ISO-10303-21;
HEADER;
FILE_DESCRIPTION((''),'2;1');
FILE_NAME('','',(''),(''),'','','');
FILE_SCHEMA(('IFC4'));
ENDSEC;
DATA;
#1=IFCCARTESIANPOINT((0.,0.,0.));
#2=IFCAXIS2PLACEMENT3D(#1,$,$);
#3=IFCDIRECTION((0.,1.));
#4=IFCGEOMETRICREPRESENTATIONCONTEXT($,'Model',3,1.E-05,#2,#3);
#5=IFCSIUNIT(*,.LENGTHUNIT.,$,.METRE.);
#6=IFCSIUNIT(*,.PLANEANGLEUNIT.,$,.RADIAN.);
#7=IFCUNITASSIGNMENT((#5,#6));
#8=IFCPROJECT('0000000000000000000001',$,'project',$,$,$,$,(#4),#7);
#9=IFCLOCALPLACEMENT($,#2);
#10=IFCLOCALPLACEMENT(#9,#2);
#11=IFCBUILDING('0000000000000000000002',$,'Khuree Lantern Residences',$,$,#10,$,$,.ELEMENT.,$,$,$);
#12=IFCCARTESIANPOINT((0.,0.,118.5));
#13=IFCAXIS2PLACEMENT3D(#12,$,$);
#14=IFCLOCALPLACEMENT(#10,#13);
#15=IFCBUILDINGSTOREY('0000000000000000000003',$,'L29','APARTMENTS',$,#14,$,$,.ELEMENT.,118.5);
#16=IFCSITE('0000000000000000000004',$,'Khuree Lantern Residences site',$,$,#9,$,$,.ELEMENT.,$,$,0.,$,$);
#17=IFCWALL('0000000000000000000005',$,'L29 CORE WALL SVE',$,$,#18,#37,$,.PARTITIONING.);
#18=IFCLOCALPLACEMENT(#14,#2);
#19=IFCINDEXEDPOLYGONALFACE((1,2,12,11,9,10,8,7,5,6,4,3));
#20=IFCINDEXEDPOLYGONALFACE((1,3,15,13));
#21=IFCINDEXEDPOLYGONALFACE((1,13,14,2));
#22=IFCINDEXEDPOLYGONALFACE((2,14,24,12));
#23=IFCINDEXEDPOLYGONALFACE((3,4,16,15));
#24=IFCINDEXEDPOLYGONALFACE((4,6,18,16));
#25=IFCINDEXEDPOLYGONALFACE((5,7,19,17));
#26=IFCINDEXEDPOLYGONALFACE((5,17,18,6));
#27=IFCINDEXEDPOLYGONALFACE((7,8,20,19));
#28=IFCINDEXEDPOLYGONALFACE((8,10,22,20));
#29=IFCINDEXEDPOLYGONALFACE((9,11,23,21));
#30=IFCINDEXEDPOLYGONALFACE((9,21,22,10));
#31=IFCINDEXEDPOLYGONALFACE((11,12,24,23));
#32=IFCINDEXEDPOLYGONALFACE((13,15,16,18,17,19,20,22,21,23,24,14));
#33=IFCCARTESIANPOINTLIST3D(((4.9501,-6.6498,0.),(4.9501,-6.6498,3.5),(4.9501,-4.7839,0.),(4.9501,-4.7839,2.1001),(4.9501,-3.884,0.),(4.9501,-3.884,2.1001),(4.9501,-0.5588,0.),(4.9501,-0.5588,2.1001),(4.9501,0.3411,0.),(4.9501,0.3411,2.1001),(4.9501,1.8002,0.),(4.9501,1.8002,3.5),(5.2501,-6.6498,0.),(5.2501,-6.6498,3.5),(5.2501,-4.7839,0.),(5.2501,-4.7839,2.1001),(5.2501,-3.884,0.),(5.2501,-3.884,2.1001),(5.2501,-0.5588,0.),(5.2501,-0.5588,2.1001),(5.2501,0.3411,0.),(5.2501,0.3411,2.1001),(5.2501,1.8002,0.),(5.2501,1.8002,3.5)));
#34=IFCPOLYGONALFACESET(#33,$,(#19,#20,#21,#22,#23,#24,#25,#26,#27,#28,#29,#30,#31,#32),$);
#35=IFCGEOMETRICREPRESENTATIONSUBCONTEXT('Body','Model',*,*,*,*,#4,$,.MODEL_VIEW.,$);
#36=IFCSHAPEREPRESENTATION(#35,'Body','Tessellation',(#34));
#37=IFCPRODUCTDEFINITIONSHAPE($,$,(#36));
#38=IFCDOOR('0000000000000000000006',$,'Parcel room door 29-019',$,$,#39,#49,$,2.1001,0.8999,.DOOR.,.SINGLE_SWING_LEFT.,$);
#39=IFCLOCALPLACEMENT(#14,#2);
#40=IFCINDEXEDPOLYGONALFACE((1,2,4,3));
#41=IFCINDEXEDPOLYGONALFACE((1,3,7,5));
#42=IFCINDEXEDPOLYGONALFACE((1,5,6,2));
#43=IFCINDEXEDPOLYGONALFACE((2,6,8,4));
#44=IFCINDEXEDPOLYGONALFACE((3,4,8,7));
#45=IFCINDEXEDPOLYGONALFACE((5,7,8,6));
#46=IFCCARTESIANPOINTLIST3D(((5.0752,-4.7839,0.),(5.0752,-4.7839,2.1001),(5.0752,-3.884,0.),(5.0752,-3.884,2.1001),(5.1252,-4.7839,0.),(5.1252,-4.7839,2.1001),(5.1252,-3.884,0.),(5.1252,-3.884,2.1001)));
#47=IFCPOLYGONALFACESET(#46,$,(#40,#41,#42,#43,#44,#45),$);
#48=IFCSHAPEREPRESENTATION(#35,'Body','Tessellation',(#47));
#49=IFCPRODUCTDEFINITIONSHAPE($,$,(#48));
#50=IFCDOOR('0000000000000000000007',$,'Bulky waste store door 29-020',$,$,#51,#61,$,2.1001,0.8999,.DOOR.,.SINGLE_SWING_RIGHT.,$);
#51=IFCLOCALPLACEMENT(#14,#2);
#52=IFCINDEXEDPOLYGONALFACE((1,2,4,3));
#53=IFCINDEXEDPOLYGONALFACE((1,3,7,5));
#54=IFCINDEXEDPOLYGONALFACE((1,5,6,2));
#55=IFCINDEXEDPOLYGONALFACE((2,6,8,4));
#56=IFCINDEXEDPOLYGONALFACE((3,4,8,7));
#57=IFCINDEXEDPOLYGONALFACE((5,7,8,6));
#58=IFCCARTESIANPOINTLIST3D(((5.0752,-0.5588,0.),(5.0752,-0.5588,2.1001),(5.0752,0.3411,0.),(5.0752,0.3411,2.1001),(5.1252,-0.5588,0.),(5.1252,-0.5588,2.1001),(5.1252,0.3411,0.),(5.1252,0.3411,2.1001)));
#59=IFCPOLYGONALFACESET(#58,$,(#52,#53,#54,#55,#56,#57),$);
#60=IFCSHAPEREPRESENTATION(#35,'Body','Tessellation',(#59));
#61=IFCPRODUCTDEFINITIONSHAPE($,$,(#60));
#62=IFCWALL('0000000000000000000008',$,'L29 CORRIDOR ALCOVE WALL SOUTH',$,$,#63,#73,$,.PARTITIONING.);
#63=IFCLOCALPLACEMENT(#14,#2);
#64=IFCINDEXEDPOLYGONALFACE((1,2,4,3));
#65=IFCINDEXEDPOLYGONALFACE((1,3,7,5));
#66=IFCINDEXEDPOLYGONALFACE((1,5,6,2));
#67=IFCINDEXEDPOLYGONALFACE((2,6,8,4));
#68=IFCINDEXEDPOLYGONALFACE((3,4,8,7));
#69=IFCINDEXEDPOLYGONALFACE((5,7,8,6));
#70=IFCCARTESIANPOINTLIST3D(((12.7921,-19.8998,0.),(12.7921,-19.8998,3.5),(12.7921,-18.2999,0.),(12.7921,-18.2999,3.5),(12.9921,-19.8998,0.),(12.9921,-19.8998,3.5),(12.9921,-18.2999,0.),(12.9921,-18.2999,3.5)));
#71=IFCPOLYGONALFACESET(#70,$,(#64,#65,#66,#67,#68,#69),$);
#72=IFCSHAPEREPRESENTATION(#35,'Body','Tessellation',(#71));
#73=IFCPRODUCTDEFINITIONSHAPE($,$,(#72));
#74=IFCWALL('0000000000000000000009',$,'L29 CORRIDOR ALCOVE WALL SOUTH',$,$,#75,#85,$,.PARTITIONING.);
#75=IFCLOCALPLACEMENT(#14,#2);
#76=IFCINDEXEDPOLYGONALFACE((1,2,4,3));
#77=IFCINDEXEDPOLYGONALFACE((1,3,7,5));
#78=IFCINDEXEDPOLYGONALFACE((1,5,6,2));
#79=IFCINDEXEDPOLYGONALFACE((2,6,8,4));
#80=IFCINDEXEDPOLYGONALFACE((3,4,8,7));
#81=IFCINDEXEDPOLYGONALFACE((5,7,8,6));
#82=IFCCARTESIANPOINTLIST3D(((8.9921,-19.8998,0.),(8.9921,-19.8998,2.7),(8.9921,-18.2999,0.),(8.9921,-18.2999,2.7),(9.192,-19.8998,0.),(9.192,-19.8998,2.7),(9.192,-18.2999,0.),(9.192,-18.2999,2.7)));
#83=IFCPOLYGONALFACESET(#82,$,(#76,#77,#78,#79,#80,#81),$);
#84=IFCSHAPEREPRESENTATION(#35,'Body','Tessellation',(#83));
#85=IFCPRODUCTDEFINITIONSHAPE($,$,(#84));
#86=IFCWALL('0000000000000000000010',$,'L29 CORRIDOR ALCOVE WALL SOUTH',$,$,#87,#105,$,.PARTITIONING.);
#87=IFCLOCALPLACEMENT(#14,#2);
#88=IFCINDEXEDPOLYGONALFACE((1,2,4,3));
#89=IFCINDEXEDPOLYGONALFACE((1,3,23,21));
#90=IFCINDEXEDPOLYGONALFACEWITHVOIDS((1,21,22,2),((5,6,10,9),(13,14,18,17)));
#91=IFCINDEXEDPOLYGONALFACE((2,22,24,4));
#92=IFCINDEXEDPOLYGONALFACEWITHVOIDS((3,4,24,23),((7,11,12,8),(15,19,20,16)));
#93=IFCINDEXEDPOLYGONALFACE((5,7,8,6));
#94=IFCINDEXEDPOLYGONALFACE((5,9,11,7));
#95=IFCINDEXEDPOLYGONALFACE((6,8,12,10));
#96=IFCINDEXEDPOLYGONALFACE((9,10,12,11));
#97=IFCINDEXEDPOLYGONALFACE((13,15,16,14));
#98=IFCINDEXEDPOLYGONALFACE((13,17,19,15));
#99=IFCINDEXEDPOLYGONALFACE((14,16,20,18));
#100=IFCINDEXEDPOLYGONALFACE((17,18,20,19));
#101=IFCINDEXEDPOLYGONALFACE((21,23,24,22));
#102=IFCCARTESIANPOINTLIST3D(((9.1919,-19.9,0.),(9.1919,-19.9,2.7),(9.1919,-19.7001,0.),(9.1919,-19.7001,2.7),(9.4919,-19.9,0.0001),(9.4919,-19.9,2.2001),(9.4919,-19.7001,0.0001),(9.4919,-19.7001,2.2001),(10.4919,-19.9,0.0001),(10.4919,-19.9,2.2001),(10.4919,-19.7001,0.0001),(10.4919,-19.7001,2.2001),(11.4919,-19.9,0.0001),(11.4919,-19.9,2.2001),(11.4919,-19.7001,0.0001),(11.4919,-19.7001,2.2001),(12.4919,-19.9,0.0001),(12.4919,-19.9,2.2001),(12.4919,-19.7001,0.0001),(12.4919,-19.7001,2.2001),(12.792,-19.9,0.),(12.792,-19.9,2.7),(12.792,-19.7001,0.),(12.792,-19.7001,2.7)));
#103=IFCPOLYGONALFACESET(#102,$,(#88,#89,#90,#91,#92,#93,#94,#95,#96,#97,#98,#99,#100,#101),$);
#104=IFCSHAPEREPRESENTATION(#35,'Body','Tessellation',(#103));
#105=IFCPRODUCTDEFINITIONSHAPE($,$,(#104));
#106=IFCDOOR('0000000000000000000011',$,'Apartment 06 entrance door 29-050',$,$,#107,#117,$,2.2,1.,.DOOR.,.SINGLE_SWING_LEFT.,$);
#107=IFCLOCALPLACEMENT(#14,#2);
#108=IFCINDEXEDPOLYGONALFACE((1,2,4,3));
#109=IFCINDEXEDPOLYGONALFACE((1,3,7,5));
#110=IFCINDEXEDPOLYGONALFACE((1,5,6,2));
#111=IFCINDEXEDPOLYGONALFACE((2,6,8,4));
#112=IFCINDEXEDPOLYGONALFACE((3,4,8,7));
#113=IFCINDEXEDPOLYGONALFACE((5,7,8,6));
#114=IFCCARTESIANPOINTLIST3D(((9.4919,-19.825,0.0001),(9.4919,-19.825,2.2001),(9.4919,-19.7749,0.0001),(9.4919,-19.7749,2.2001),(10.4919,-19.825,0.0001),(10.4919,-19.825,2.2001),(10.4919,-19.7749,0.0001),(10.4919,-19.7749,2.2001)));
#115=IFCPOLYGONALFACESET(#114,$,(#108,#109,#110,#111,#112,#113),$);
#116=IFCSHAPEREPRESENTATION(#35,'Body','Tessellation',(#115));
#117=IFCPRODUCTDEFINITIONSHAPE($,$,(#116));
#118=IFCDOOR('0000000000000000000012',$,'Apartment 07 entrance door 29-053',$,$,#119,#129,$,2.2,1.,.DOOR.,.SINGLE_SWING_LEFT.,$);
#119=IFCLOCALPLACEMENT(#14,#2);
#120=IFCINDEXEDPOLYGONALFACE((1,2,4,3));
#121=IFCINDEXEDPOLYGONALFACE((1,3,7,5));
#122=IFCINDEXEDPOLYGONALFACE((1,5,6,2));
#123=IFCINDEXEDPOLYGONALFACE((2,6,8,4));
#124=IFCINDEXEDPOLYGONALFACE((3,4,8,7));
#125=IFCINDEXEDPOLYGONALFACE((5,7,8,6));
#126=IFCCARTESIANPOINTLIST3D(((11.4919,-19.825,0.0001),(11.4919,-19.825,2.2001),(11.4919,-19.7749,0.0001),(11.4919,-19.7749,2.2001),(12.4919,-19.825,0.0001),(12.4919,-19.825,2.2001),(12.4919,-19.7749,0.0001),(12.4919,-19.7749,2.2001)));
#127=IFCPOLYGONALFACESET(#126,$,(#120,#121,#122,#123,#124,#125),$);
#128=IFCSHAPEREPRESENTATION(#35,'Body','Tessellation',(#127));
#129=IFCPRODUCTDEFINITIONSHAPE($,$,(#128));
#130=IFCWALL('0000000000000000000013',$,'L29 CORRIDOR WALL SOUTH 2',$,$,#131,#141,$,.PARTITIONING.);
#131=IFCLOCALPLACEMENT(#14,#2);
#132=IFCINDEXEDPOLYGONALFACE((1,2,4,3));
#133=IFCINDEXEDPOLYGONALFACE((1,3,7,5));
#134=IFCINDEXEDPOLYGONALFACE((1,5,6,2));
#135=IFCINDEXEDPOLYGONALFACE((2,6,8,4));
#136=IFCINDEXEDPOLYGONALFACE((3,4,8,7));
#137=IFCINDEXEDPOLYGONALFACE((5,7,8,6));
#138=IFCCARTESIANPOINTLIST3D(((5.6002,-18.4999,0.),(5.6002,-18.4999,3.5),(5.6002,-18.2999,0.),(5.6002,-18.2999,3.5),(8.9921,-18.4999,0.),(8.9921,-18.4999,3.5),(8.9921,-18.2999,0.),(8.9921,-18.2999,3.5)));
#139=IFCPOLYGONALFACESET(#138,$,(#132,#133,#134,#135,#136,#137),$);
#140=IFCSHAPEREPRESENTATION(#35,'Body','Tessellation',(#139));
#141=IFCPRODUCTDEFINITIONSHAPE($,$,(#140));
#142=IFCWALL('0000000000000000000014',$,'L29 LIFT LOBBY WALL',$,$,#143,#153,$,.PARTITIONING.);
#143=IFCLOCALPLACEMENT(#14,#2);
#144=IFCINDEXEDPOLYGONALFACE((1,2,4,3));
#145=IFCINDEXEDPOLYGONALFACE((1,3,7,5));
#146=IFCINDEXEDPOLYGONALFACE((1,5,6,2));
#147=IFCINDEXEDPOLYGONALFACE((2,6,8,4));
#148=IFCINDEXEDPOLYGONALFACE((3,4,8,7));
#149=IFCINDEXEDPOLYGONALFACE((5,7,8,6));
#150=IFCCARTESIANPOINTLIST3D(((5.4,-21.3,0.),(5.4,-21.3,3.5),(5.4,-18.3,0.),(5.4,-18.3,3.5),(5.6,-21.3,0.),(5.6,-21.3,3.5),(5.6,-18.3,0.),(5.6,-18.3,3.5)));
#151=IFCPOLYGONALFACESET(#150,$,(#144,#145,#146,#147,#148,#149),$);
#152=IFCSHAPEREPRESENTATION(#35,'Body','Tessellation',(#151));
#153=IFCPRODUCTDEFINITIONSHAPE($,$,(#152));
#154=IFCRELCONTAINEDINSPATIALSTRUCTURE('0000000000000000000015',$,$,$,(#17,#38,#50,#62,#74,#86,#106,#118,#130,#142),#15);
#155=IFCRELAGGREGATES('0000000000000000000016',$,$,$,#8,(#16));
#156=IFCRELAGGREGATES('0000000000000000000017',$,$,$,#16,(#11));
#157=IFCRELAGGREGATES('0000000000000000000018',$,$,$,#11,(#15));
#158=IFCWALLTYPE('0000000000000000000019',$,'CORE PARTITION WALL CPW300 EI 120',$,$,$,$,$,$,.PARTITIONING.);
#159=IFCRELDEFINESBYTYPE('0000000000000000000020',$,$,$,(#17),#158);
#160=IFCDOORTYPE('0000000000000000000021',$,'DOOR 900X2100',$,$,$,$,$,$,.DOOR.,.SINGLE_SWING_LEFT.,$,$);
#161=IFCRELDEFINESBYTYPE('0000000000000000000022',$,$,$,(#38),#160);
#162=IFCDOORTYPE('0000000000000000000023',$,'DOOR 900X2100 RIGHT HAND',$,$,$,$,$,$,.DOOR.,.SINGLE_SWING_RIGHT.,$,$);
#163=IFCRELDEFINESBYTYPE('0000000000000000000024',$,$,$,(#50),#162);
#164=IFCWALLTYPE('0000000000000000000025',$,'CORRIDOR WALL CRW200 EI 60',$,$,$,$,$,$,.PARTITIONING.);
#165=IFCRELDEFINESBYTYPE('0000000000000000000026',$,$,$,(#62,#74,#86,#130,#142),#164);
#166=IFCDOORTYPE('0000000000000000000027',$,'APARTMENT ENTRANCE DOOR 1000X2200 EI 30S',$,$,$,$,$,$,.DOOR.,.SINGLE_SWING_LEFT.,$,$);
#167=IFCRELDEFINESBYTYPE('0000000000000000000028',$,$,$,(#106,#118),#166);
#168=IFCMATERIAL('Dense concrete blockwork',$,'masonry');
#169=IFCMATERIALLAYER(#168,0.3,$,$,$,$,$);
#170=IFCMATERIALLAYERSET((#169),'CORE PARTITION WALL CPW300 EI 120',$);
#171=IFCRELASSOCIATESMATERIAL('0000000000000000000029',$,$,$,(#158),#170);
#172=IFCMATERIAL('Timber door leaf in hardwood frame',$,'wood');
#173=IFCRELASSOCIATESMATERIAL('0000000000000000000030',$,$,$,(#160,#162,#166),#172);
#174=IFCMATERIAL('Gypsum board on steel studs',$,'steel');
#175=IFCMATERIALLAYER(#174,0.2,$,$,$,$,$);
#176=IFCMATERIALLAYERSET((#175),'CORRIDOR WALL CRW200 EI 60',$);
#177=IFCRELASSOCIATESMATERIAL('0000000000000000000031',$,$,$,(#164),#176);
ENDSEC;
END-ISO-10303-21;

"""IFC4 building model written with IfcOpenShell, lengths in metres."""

from ifc_helpers import new_model, si_unit, direction, frame, frame_2d, origin, place, context, subcontext, project, spatial, rectangle, extrude, material, layer, layer_set, type_object, element, fill, save


model = new_model("IFC4")

# Units and contexts
model_context = context("Model", 3, precision=1e-05, world=origin(), true_north=direction((0.0, 1.0)))
body_context = subcontext(model_context, "Body", "Model", "MODEL_VIEW")
ifc_project = project(units=[si_unit("LENGTHUNIT", "METRE"), si_unit("PLANEANGLEUNIT", "RADIAN")], contexts=[model_context])

# Site, building, storey
site_placement = place(None, origin())
site = spatial("IfcSite", under=ifc_project, at=site_placement, Name="Khuree Lantern Residences site", CompositionType="ELEMENT", RefElevation=0.0)
building_placement = place(site_placement, origin())
building = spatial("IfcBuilding", under=site, at=building_placement, Name="Khuree Lantern Residences", CompositionType="ELEMENT")
storey_placement = place(building_placement, frame((0.0, 0.0, 118.5)))
storey = spatial("IfcBuildingStorey", under=building, at=storey_placement, Name="L29", Description="APARTMENTS", CompositionType="ELEMENT", Elevation=118.5)

# Shared definitions
ifc_material_1 = material(Name="Dense concrete blockwork", Category="masonry")
ifc_layer_1 = layer(ifc_material_1, 0.3)
ifc_layer_set_1 = layer_set([ifc_layer_1], Name="CORE PARTITION WALL CPW300 EI 120")
wall_type_1 = type_object("IfcWallType", Name="CORE PARTITION WALL CPW300 EI 120", PredefinedType="PARTITIONING", material=ifc_layer_set_1)

# Wall, openings, doors
wall_1_placement = place(storey_placement, frame((5.1001, -6.6499, 0.0), z_axis=(0.0, 0.0, 1.0), x_axis=(0.0, 1.0, 0.0)))
wall_1 = element("IfcWall", 1, at=wall_1_placement, inside=storey, type_object=wall_type_1, Name="L29 CORE WALL SVE", PredefinedType="PARTITIONING", context=body_context, shape_type="SweptSolid", body=[
    extrude(rectangle(XDim=8.45, YDim=0.3, at=frame_2d((4.2251, 0.0))), origin(), (0.0, 0.0, 1.0), 3.5),
])
opening_1_placement = place(wall_1_placement, frame((1.866, 0.0, 0.0)))
opening_1 = element("IfcOpeningElement", 2, at=opening_1_placement, cuts=wall_1, PredefinedType="OPENING", context=body_context, shape_type="SweptSolid", body=[
    extrude(rectangle(XDim=0.8999, YDim=2.1001, at=frame_2d((0.45, 1.05))), frame((0.0, 0.1602, 0.0), z_axis=(0.0, -1.0, 0.0), x_axis=(1.0, 0.0, 0.0)), (0.0, 0.0, 1.0), 0.3201),
])
opening_2_placement = place(wall_1_placement, frame((6.0911, 0.0, 0.0)))
opening_2 = element("IfcOpeningElement", 3, at=opening_2_placement, cuts=wall_1, PredefinedType="OPENING", context=body_context, shape_type="SweptSolid", body=[
    extrude(rectangle(XDim=0.8999, YDim=2.1001, at=frame_2d((0.45, 1.05))), frame((0.0, 0.1602, 0.0), z_axis=(0.0, -1.0, 0.0), x_axis=(1.0, 0.0, 0.0)), (0.0, 0.0, 1.0), 0.3201),
])
ifc_material_2 = material(Name="Timber door leaf in hardwood frame", Category="wood")
door_type_1 = type_object("IfcDoorType", Name="DOOR 900X2100", OperationType="SINGLE_SWING_LEFT", PredefinedType="DOOR", material=ifc_material_2)
door_1_placement = place(opening_1_placement, origin())
door_1 = element("IfcDoor", 4, at=door_1_placement, inside=storey, type_object=door_type_1, Name="Parcel room door 29-019", OperationType="SINGLE_SWING_LEFT", OverallHeight=2.1001, OverallWidth=0.8999, PredefinedType="DOOR", context=body_context, shape_type="SweptSolid", body=[
    extrude(rectangle(XDim=0.8999, YDim=2.1001, at=frame_2d((0.45, 1.05))), frame((0.0, 0.0249, 0.0), z_axis=(0.0, -1.0, 0.0), x_axis=(1.0, 0.0, 0.0)), (0.0, 0.0, 1.0), 0.05),
])
fill(opening_1, door_1)
door_type_2 = type_object("IfcDoorType", Name="DOOR 900X2100 RIGHT HAND", OperationType="SINGLE_SWING_RIGHT", PredefinedType="DOOR", material=ifc_material_2)
door_2_placement = place(opening_2_placement, origin())
door_2 = element("IfcDoor", 5, at=door_2_placement, inside=storey, type_object=door_type_2, Name="Bulky waste store door 29-020", OperationType="SINGLE_SWING_RIGHT", OverallHeight=2.1001, OverallWidth=0.8999, PredefinedType="DOOR", context=body_context, shape_type="SweptSolid", body=[
    extrude(rectangle(XDim=0.8999, YDim=2.1001, at=frame_2d((0.45, 1.05))), frame((0.0, 0.0249, 0.0), z_axis=(0.0, -1.0, 0.0), x_axis=(1.0, 0.0, 0.0)), (0.0, 0.0, 1.0), 0.05),
])
fill(opening_2, door_2)

# Walls
ifc_material_3 = material(Name="Gypsum board on steel studs", Category="steel")
ifc_layer_2 = layer(ifc_material_3, 0.2)
ifc_layer_set_2 = layer_set([ifc_layer_2], Name="CORRIDOR WALL CRW200 EI 60")
wall_type_2 = type_object("IfcWallType", Name="CORRIDOR WALL CRW200 EI 60", PredefinedType="PARTITIONING", material=ifc_layer_set_2)
wall_2_placement = place(storey_placement, frame((12.8921, -18.3, 0.0), z_axis=(0.0, 0.0, 1.0), x_axis=(0.0, -1.0, 0.0)))
element("IfcWall", 6, at=wall_2_placement, inside=storey, type_object=wall_type_2, Name="L29 CORRIDOR ALCOVE WALL SOUTH", PredefinedType="PARTITIONING", context=body_context, shape_type="SweptSolid", body=[
    extrude(rectangle(XDim=1.5999, YDim=0.2, at=frame_2d((0.7998, 0.0))), origin(), (0.0, 0.0, 1.0), 3.5),
])
wall_3_placement = place(storey_placement, frame((9.092, -18.3, 0.0), z_axis=(0.0, 0.0, 1.0), x_axis=(0.0, -1.0, 0.0)))
element("IfcWall", 7, at=wall_3_placement, inside=storey, type_object=wall_type_2, Name="L29 CORRIDOR ALCOVE WALL SOUTH", PredefinedType="PARTITIONING", context=body_context, shape_type="SweptSolid", body=[
    extrude(rectangle(XDim=1.5999, YDim=0.2, at=frame_2d((0.7998, 0.0))), origin(), (0.0, 0.0, 1.0), 2.7),
])

# Wall, openings, doors
wall_4_placement = place(storey_placement, frame((12.792, -19.8, 0.0), z_axis=(0.0, 0.0, 1.0), x_axis=(-1.0, 0.0, 0.0)))
wall_4 = element("IfcWall", 8, at=wall_4_placement, inside=storey, type_object=wall_type_2, Name="L29 CORRIDOR ALCOVE WALL SOUTH", PredefinedType="PARTITIONING", context=body_context, shape_type="SweptSolid", body=[
    extrude(rectangle(XDim=3.6001, YDim=0.2, at=frame_2d((1.8, 0.0))), origin(), (0.0, 0.0, 1.0), 2.7),
])
opening_3_placement = place(wall_4_placement, frame((2.3, 0.0, 0.0)))
opening_3 = element("IfcOpeningElement", 9, at=opening_3_placement, cuts=wall_4, PredefinedType="OPENING", context=body_context, shape_type="SweptSolid", body=[
    extrude(rectangle(XDim=1.0, YDim=2.2, at=frame_2d((0.5, 1.1001))), frame((0.0, 0.1099, 0.0), z_axis=(0.0, -1.0, 0.0), x_axis=(1.0, 0.0, 0.0)), (0.0, 0.0, 1.0), 0.22),
])
opening_4_placement = place(wall_4_placement, frame((0.3, 0.0, 0.0)))
opening_4 = element("IfcOpeningElement", 10, at=opening_4_placement, cuts=wall_4, PredefinedType="OPENING", context=body_context, shape_type="SweptSolid", body=[
    extrude(rectangle(XDim=1.0, YDim=2.2, at=frame_2d((0.5, 1.1001))), frame((0.0, 0.1099, 0.0), z_axis=(0.0, -1.0, 0.0), x_axis=(1.0, 0.0, 0.0)), (0.0, 0.0, 1.0), 0.22),
])
door_type_3 = type_object("IfcDoorType", Name="APARTMENT ENTRANCE DOOR 1000X2200 EI 30S", OperationType="SINGLE_SWING_LEFT", PredefinedType="DOOR", material=ifc_material_2)
door_3_placement = place(opening_3_placement, origin())
door_3 = element("IfcDoor", 11, at=door_3_placement, inside=storey, type_object=door_type_3, Name="Apartment 06 entrance door 29-050", OperationType="SINGLE_SWING_LEFT", OverallHeight=2.2, OverallWidth=1.0, PredefinedType="DOOR", context=body_context, shape_type="SweptSolid", body=[
    extrude(rectangle(XDim=1.0, YDim=2.2, at=frame_2d((0.5, 1.1001))), frame((0.0, 0.0249, 0.0), z_axis=(0.0, -1.0, 0.0), x_axis=(1.0, 0.0, 0.0)), (0.0, 0.0, 1.0), 0.05),
])
fill(opening_3, door_3)
door_4_placement = place(opening_4_placement, origin())
door_4 = element("IfcDoor", 12, at=door_4_placement, inside=storey, type_object=door_type_3, Name="Apartment 07 entrance door 29-053", OperationType="SINGLE_SWING_LEFT", OverallHeight=2.2, OverallWidth=1.0, PredefinedType="DOOR", context=body_context, shape_type="SweptSolid", body=[
    extrude(rectangle(XDim=1.0, YDim=2.2, at=frame_2d((0.5, 1.1001))), frame((0.0, 0.0249, 0.0), z_axis=(0.0, -1.0, 0.0), x_axis=(1.0, 0.0, 0.0)), (0.0, 0.0, 1.0), 0.05),
])
fill(opening_4, door_4)

# Walls
wall_5_placement = place(storey_placement, frame((8.9919, -18.3999, 0.0), z_axis=(0.0, 0.0, 1.0), x_axis=(-1.0, 0.0, 0.0)))
element("IfcWall", 13, at=wall_5_placement, inside=storey, type_object=wall_type_2, Name="L29 CORRIDOR WALL SOUTH 2", PredefinedType="PARTITIONING", context=body_context, shape_type="SweptSolid", body=[
    extrude(rectangle(XDim=3.3918, YDim=0.2, at=frame_2d((1.6958, 0.0))), origin(), (0.0, 0.0, 1.0), 3.5),
])
wall_6_placement = place(storey_placement, frame((5.5, -18.3, 0.0), z_axis=(0.0, 0.0, 1.0), x_axis=(0.0, -1.0, 0.0)))
element("IfcWall", 14, at=wall_6_placement, inside=storey, type_object=wall_type_2, Name="L29 LIFT LOBBY WALL", PredefinedType="PARTITIONING", context=body_context, shape_type="SweptSolid", body=[
    extrude(rectangle(XDim=3.0, YDim=0.2, at=frame_2d((1.5, 0.0))), origin(), (0.0, 0.0, 1.0), 3.5),
])

save(model, "model.ifc")
